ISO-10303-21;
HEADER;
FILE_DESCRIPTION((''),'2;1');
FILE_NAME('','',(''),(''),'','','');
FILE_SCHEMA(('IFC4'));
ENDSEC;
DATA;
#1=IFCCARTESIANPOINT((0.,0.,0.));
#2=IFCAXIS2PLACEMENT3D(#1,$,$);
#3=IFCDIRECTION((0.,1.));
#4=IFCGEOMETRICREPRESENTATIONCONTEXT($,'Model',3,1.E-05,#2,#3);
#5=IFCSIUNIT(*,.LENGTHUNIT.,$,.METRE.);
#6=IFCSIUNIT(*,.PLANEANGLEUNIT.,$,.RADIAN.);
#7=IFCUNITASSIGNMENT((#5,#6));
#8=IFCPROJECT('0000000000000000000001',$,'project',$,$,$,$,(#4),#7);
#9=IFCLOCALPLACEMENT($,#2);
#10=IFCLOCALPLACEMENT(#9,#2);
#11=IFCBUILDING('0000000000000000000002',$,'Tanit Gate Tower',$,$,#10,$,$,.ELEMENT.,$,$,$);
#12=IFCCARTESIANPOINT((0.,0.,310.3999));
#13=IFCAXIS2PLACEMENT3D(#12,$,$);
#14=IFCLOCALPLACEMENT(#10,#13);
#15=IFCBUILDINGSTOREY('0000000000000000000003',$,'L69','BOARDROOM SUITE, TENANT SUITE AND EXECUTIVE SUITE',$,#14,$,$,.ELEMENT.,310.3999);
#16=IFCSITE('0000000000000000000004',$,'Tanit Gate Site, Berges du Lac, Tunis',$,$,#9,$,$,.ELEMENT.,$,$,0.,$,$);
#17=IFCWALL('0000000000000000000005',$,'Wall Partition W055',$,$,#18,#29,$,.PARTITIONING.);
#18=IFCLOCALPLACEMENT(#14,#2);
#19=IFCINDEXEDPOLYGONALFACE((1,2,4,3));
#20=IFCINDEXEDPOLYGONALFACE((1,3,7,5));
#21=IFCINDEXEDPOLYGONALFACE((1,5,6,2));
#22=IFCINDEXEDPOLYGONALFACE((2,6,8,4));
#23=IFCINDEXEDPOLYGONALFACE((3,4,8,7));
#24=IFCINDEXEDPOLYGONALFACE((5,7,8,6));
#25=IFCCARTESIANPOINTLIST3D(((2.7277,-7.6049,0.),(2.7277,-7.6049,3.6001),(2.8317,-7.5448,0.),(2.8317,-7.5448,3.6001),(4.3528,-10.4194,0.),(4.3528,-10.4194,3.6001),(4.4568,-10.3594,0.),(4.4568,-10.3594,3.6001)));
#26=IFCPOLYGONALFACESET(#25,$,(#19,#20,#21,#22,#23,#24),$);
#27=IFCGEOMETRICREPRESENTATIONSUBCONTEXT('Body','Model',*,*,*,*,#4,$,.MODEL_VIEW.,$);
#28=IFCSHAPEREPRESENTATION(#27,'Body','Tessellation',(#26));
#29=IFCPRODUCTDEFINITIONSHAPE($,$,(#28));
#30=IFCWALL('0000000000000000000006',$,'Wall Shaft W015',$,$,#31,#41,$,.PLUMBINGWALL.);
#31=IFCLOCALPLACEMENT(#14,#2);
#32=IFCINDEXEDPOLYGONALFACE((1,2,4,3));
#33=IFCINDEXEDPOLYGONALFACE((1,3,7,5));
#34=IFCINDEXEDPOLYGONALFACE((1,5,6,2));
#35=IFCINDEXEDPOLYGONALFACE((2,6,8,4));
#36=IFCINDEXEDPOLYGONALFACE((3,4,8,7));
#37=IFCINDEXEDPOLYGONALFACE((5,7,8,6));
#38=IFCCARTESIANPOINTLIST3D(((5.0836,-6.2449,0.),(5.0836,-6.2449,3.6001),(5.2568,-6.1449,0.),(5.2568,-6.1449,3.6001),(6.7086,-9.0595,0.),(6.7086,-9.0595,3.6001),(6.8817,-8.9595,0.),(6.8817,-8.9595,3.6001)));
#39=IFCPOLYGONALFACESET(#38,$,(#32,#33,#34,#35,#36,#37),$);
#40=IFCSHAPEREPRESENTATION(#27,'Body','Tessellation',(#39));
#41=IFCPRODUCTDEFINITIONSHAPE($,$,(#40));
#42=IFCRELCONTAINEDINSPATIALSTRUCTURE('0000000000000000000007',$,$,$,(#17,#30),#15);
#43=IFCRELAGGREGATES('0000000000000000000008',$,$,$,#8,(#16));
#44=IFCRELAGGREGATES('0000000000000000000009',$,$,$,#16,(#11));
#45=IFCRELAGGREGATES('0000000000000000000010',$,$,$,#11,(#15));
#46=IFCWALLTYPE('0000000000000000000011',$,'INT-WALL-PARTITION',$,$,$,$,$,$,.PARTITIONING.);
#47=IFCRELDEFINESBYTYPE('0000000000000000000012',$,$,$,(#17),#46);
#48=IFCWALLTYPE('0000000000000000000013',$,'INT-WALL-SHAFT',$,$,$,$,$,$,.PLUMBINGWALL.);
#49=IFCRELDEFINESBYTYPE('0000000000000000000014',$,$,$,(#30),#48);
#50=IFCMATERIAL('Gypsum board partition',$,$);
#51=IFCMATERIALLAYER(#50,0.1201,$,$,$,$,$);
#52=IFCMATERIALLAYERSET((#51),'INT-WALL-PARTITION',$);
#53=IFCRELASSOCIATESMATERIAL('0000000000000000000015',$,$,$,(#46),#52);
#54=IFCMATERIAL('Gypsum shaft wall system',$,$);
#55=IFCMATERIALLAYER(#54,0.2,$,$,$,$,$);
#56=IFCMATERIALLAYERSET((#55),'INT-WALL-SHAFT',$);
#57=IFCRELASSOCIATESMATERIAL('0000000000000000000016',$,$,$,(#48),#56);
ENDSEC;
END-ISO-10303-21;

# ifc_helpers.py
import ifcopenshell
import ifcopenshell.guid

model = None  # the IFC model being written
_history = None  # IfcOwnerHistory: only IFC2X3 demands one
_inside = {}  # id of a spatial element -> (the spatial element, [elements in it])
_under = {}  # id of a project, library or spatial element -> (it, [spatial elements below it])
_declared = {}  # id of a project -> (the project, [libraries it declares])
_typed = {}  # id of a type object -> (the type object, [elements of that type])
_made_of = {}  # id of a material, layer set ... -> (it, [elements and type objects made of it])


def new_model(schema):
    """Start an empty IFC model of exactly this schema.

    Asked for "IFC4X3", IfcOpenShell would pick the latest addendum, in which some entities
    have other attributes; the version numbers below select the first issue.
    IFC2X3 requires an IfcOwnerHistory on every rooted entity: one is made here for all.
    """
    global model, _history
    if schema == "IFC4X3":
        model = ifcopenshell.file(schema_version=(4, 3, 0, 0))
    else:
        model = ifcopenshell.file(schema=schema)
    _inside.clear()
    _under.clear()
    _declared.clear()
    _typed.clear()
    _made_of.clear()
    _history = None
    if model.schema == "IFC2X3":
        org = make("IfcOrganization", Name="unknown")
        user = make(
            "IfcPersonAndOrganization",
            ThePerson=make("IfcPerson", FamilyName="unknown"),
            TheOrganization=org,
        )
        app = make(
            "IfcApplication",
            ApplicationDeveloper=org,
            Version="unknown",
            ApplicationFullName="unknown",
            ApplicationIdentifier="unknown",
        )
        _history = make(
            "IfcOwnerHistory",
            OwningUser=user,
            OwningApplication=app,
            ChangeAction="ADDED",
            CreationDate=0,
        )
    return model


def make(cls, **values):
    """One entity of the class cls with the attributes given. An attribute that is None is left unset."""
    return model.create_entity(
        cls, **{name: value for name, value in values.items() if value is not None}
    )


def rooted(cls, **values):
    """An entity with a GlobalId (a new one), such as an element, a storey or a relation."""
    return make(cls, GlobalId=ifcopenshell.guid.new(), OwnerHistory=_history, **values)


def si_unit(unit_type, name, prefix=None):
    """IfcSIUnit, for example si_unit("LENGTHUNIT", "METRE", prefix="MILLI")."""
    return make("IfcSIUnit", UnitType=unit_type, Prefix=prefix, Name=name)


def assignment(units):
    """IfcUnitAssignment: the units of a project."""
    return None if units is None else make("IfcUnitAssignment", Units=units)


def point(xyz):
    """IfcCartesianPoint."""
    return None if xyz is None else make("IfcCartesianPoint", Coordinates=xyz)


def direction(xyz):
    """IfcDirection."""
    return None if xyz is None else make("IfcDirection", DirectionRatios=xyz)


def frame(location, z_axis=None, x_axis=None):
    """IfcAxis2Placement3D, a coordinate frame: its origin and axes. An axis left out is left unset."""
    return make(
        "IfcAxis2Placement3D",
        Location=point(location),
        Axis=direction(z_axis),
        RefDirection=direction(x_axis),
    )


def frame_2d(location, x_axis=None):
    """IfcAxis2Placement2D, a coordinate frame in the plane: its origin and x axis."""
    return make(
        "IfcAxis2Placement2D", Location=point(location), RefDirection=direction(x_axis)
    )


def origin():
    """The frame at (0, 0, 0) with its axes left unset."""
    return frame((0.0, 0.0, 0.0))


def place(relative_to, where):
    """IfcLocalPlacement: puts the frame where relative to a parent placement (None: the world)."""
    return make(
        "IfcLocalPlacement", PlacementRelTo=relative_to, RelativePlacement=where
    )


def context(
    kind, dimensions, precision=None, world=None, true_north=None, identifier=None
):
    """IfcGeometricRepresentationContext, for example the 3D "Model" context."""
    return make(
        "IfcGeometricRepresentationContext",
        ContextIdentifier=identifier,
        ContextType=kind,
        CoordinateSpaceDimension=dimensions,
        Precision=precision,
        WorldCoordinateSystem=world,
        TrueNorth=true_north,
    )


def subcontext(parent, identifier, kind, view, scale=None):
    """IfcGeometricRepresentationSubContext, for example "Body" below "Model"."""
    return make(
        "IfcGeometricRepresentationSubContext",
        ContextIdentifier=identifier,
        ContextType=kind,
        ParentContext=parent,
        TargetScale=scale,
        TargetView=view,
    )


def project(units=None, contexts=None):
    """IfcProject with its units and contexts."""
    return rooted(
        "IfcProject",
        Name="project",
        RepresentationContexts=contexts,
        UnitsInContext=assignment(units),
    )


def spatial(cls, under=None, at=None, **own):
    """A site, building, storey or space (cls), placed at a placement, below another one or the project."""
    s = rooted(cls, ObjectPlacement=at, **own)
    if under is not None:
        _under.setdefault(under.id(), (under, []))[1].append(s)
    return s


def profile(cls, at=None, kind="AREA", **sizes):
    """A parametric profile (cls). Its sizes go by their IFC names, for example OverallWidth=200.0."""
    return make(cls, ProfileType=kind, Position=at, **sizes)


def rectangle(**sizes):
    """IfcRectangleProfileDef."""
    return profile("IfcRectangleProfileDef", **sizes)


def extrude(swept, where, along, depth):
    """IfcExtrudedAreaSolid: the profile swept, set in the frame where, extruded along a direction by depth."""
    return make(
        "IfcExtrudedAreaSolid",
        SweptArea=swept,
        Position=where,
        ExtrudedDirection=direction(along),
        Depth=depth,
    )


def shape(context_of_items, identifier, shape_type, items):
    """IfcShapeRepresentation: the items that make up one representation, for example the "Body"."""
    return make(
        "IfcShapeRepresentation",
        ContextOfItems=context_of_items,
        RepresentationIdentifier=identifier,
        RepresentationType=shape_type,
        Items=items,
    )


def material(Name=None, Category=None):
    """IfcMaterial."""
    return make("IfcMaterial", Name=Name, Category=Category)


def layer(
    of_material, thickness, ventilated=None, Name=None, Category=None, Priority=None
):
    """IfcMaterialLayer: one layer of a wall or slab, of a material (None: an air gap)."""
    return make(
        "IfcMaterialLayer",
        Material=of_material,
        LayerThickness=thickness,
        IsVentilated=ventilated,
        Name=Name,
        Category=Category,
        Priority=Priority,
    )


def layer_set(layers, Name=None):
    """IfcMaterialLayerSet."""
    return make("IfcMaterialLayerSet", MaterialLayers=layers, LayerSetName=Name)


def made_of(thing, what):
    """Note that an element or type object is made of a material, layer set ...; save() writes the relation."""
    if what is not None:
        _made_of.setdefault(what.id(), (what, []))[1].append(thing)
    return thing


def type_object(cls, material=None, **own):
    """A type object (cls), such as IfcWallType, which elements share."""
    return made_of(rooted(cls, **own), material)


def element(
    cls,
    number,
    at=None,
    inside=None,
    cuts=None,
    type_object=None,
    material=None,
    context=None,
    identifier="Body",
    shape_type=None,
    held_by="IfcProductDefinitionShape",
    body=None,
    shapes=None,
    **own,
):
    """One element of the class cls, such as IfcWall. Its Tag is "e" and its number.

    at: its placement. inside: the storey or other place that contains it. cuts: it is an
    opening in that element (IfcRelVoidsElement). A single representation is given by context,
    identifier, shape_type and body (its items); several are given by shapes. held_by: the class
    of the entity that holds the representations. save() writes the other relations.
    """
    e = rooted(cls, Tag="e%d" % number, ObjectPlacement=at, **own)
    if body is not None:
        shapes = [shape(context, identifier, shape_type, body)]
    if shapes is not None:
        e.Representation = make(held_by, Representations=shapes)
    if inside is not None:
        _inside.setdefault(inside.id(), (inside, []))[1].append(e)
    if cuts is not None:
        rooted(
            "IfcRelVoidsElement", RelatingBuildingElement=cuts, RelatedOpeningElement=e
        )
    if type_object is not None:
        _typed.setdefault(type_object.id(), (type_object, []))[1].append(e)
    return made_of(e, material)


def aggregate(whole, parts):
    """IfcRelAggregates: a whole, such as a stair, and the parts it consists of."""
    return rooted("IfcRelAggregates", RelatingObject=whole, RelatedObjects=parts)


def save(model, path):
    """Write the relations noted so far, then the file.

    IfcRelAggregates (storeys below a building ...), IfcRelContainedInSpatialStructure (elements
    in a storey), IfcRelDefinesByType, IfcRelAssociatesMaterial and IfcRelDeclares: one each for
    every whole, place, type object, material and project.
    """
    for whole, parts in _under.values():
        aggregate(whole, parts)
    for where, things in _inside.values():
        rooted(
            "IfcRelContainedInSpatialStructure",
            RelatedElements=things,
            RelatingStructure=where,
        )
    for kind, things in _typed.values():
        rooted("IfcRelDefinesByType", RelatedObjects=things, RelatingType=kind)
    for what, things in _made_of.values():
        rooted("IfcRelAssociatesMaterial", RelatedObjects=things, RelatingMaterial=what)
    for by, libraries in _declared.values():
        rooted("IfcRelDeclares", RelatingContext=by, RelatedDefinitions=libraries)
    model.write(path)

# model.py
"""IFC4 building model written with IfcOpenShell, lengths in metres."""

from ifc_helpers import new_model, si_unit, direction, frame, frame_2d, origin, place, context, subcontext, project, spatial, rectangle, extrude, material, layer, layer_set, type_object, element, save


model = new_model("IFC4")

# Units and contexts
model_context = context("Model", 3, precision=1e-05, world=origin(), true_north=direction((0.0, 1.0)))
body_context = subcontext(model_context, "Body", "Model", "MODEL_VIEW")
ifc_project = project(units=[si_unit("LENGTHUNIT", "METRE"), si_unit("PLANEANGLEUNIT", "RADIAN")], contexts=[model_context])

# Site, building, storey
site_placement = place(None, origin())
site = spatial("IfcSite", under=ifc_project, at=site_placement, Name="Tanit Gate Site, Berges du Lac, Tunis", CompositionType="ELEMENT", RefElevation=0.0)
building_placement = place(site_placement, origin())
building = spatial("IfcBuilding", under=site, at=building_placement, Name="Tanit Gate Tower", CompositionType="ELEMENT")
storey_placement = place(building_placement, frame((0.0, 0.0, 310.3999)))
storey = spatial("IfcBuildingStorey", under=building, at=storey_placement, Name="L69", Description="BOARDROOM SUITE, TENANT SUITE AND EXECUTIVE SUITE", CompositionType="ELEMENT", Elevation=310.3999)

# Walls
ifc_material_1 = material(Name="Gypsum board partition")
ifc_layer_1 = layer(ifc_material_1, 0.1201)
ifc_layer_set_1 = layer_set([ifc_layer_1], Name="INT-WALL-PARTITION")
wall_type_1 = type_object("IfcWallType", Name="INT-WALL-PARTITION", PredefinedType="PARTITIONING", material=ifc_layer_set_1)
for number, where, z_axis, x_axis, name in (
    (1, (4.4048, -10.3894, 0.0), (0.0, 0.0, 1.0), (-0.500017, 0.866015, 0.0), "Wall Partition W055"),
):
    element("IfcWall", number, at=place(storey_placement, frame(where, z_axis=z_axis, x_axis=x_axis)), inside=storey, type_object=wall_type_1, Name=name, PredefinedType="PARTITIONING", context=body_context, shape_type="SweptSolid", body=[
        extrude(rectangle(XDim=3.25, YDim=0.1201, at=frame_2d((1.625, 0.0))), origin(), (0.0, 0.0, 1.0), 3.6001),
    ])
ifc_material_2 = material(Name="Gypsum shaft wall system")
ifc_layer_2 = layer(ifc_material_2, 0.2)
ifc_layer_set_2 = layer_set([ifc_layer_2], Name="INT-WALL-SHAFT")
wall_type_2 = type_object("IfcWallType", Name="INT-WALL-SHAFT", PredefinedType="PLUMBINGWALL", material=ifc_layer_set_2)
wall_1_placement = place(storey_placement, frame((6.7952, -9.0095, 0.0), z_axis=(0.0, 0.0, 1.0), x_axis=(-0.499985, 0.866034, 0.0)))
element("IfcWall", 2, at=wall_1_placement, inside=storey, type_object=wall_type_2, Name="Wall Shaft W015", PredefinedType="PLUMBINGWALL", context=body_context, shape_type="SweptSolid", body=[
    extrude(rectangle(XDim=3.25, YDim=0.2, at=frame_2d((1.625, 0.0))), origin(), (0.0, 0.0, 1.0), 3.6001),
])

save(model, "model.ifc")
